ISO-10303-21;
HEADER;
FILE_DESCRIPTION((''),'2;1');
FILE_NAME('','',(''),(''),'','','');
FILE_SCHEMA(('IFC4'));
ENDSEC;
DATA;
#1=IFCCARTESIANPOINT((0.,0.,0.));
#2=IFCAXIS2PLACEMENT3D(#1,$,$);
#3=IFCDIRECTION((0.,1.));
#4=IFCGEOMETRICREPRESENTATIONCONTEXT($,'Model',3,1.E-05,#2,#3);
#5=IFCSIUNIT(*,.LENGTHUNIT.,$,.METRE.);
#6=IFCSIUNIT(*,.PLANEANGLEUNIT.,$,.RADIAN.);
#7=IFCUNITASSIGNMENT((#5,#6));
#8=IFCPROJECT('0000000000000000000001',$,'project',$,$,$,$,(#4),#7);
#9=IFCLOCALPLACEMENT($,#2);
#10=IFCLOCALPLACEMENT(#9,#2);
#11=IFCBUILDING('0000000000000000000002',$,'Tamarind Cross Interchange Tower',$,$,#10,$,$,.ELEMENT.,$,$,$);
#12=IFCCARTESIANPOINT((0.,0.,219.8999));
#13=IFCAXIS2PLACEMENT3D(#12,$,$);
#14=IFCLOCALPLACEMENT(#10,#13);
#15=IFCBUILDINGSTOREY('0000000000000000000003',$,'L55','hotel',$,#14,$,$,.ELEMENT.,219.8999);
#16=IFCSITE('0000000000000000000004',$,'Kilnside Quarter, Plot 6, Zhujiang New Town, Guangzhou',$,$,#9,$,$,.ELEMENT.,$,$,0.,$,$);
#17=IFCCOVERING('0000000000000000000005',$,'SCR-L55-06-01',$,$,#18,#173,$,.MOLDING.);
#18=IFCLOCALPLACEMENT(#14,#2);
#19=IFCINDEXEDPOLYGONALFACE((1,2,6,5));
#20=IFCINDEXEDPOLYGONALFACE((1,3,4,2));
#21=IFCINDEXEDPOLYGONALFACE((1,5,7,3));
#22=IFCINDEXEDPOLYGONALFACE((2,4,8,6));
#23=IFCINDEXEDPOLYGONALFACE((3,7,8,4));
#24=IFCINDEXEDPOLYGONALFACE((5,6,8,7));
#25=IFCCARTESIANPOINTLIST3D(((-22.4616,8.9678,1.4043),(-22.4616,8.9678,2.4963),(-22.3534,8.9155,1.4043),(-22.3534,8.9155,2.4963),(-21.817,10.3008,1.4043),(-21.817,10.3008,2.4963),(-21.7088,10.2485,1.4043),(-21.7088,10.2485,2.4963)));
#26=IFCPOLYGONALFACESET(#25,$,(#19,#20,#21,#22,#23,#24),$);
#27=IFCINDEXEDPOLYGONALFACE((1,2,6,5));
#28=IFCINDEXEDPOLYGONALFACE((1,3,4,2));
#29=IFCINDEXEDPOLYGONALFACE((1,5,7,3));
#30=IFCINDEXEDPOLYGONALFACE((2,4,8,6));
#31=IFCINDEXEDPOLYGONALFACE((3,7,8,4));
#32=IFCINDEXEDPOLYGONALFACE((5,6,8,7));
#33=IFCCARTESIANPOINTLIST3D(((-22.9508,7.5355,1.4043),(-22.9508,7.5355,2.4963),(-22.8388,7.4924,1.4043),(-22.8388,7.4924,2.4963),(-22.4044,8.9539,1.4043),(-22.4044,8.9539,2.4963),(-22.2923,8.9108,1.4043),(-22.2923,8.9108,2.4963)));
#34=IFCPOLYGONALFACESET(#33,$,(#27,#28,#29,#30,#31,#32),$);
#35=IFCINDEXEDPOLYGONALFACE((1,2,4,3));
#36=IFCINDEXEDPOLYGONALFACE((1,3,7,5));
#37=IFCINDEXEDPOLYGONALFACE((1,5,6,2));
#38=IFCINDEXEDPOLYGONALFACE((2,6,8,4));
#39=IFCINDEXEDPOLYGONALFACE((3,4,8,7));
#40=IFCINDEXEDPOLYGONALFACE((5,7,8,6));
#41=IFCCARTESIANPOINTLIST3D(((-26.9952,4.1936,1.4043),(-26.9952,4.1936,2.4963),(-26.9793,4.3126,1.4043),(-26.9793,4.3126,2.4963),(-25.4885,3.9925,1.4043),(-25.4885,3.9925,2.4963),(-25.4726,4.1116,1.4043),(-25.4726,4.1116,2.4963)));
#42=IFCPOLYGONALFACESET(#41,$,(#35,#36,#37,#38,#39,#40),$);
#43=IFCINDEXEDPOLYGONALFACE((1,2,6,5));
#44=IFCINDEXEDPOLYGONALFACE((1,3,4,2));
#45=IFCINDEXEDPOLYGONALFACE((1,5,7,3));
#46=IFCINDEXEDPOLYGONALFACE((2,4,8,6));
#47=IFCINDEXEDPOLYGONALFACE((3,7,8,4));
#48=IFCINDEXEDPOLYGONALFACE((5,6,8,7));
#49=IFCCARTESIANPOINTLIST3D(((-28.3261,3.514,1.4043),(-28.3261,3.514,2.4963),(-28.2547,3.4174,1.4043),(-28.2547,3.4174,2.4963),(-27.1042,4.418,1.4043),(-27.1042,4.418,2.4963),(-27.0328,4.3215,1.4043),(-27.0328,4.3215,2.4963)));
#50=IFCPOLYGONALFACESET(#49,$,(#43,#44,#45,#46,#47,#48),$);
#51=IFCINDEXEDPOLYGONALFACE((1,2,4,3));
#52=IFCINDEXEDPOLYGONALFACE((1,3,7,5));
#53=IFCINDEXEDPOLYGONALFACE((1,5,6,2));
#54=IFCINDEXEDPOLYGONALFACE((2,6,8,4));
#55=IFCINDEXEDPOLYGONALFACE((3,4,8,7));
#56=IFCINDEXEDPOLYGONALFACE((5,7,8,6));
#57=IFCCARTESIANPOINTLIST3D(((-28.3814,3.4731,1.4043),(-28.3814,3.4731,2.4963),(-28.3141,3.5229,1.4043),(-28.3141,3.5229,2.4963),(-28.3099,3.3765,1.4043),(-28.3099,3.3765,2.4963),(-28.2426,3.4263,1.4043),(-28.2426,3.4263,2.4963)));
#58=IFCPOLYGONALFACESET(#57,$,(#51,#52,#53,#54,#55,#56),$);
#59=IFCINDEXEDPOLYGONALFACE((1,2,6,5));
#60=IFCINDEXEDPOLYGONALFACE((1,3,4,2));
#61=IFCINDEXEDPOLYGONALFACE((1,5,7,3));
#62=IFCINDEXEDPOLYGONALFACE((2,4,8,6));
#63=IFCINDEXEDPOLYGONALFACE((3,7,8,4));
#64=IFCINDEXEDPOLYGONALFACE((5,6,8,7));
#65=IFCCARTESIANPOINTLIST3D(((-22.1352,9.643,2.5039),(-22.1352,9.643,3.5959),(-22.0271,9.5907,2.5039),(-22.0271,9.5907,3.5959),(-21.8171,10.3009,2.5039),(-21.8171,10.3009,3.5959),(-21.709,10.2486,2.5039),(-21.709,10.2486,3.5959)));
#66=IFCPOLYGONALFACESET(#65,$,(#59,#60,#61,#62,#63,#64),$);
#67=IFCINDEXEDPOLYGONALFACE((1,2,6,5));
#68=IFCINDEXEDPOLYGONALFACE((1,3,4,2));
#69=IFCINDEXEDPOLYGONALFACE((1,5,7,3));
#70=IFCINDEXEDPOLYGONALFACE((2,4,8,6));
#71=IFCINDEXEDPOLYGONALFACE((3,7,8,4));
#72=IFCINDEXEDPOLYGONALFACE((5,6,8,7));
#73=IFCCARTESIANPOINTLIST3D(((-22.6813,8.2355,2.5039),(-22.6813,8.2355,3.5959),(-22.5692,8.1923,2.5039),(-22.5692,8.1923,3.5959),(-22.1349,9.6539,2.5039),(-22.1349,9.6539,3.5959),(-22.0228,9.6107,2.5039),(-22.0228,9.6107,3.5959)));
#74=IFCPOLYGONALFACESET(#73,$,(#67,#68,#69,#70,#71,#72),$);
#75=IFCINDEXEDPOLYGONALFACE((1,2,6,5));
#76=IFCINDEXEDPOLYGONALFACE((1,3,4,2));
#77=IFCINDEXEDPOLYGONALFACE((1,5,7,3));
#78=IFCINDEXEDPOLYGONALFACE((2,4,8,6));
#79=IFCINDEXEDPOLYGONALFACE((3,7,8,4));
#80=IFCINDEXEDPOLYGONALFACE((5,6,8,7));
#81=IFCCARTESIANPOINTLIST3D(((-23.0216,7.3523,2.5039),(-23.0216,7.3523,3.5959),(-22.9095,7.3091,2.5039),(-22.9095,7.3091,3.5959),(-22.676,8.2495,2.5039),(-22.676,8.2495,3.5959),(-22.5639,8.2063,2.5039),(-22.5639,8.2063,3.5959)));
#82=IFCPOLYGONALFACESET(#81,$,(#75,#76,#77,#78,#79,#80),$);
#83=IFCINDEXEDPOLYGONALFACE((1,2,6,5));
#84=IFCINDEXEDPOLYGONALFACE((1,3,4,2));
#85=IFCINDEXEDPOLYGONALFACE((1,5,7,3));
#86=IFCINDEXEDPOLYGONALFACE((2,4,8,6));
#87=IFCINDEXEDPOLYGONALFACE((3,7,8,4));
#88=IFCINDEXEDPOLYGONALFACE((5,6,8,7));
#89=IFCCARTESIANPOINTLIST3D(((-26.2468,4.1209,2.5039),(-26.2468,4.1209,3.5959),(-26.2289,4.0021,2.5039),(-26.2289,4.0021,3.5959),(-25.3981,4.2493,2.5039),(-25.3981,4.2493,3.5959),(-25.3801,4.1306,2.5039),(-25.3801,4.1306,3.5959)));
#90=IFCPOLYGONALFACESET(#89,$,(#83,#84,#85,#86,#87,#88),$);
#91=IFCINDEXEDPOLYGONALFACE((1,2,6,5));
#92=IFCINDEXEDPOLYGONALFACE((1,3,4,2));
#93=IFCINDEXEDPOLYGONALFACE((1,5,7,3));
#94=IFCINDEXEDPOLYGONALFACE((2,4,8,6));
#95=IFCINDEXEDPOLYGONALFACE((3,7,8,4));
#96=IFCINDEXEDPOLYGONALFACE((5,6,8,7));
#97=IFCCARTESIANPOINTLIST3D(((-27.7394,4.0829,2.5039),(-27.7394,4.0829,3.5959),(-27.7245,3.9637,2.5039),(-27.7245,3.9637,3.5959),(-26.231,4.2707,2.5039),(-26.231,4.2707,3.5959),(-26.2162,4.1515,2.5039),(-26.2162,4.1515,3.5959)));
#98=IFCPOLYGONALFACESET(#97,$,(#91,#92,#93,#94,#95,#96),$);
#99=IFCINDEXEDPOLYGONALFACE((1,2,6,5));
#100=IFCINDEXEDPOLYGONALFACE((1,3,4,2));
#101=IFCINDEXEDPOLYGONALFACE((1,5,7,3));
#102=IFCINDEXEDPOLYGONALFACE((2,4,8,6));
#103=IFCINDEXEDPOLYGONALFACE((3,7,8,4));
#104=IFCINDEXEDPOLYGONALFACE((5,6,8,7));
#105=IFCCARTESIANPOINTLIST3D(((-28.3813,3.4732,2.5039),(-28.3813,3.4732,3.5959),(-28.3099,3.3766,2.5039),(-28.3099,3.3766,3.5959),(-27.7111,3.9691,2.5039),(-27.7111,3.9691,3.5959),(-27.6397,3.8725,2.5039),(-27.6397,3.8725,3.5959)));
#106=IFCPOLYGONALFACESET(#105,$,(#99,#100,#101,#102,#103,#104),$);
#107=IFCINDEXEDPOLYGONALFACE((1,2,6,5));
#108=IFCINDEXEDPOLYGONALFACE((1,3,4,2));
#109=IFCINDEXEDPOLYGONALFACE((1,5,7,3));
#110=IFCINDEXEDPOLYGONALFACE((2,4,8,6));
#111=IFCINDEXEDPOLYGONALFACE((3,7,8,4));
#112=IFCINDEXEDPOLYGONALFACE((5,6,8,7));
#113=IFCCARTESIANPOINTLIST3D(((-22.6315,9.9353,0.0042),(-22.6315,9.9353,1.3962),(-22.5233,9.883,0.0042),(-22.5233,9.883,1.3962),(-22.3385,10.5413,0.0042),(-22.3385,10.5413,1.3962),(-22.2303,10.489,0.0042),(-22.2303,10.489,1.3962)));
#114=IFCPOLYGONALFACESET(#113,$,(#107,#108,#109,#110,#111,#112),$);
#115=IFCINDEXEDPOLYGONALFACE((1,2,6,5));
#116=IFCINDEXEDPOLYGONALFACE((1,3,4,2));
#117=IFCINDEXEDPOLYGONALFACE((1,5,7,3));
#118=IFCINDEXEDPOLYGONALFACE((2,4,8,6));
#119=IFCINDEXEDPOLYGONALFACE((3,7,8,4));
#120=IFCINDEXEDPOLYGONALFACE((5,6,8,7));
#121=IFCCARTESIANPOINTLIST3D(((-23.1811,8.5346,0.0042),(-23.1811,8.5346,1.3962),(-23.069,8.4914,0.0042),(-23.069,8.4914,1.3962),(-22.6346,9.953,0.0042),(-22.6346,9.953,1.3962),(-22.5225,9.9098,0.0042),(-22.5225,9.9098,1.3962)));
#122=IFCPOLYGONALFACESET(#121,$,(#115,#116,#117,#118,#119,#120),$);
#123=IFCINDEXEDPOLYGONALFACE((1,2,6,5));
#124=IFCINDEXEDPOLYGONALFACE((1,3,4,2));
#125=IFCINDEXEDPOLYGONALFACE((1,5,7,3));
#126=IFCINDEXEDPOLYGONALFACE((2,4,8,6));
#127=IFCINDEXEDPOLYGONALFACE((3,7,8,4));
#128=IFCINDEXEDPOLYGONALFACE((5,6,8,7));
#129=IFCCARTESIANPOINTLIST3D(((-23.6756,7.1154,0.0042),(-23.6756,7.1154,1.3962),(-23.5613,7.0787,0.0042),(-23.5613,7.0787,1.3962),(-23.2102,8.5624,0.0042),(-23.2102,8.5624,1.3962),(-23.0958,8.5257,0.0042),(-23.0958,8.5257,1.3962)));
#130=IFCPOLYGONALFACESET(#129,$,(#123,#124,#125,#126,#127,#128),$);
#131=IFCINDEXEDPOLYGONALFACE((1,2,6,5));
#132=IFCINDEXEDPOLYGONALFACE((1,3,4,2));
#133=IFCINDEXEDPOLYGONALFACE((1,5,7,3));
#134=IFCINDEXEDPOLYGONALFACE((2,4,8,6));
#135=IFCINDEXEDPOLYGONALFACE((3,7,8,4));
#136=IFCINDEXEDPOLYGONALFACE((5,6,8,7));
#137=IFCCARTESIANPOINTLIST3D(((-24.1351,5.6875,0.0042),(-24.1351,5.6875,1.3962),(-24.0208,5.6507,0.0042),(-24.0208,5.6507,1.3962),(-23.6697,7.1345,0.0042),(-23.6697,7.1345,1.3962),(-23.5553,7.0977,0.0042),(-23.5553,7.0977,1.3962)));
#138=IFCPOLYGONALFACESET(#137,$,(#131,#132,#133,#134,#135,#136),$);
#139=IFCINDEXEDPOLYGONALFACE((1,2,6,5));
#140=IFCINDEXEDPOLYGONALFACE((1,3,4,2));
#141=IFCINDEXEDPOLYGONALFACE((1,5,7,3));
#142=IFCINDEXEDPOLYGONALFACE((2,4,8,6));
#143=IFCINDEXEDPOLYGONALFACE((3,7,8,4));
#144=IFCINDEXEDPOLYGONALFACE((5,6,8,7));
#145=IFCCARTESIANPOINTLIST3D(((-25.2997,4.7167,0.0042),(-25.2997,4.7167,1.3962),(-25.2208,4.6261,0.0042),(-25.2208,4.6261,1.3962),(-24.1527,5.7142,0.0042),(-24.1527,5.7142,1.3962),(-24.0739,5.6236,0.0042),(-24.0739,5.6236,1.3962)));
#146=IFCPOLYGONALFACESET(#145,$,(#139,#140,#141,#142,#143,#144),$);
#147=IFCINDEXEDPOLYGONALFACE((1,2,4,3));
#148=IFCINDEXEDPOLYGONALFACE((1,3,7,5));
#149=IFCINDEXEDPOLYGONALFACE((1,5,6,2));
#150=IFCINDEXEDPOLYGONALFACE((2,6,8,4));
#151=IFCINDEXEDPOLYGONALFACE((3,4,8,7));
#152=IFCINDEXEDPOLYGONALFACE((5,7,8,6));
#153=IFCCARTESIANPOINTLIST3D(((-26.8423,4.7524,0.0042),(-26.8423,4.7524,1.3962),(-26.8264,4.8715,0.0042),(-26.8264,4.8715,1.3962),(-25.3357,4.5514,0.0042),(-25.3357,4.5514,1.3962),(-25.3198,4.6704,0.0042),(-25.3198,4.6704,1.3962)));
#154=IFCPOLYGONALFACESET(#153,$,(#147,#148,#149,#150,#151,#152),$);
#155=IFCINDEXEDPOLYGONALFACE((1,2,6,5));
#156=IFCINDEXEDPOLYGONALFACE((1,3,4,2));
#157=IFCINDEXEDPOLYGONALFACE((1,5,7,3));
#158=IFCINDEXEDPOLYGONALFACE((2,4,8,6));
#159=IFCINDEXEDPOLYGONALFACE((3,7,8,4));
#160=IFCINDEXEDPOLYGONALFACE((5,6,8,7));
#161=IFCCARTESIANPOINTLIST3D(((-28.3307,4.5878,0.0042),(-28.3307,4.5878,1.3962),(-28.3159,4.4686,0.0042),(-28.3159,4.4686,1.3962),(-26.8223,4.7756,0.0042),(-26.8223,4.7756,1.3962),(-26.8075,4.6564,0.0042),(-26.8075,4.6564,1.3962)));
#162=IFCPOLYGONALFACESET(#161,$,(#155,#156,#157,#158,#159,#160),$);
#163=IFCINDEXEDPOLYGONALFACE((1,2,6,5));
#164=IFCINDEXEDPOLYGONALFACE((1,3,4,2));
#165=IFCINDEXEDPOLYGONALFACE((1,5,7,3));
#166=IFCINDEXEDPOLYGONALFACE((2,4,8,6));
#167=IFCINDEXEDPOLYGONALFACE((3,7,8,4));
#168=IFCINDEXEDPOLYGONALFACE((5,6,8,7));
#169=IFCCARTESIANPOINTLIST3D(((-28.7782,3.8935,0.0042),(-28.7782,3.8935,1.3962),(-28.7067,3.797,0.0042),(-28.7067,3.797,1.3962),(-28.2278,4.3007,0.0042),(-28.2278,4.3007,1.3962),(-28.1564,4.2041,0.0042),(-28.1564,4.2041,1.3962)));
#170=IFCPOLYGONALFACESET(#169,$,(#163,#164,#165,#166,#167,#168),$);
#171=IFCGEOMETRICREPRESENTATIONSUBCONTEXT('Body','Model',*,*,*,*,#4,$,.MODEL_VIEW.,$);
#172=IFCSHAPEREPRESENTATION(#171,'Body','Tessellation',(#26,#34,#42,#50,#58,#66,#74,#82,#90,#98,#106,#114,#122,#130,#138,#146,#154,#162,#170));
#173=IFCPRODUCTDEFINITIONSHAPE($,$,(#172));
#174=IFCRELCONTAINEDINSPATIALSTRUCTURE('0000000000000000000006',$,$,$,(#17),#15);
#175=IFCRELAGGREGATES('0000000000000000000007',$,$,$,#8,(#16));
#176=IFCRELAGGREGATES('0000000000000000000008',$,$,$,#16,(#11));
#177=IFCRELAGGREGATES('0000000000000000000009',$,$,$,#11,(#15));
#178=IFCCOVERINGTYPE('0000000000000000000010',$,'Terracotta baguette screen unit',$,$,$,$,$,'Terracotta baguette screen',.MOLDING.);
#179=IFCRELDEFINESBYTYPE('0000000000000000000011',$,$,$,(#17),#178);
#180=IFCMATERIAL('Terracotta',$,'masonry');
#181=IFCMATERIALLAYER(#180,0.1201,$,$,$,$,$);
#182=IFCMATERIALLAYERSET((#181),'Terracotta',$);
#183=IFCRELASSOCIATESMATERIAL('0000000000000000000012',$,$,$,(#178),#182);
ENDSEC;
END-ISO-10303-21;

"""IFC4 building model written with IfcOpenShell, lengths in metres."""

from ifc_helpers import new_model, si_unit, direction, frame, origin, origin_2d, place, context, subcontext, project, spatial, rectangle, extrude, material, layer, layer_set, type_object, element, save


model = new_model("IFC4")

# Units and contexts
model_context = context("Model", 3, precision=1e-05, world=origin(), true_north=direction((0.0, 1.0)))
body_context = subcontext(model_context, "Body", "Model", "MODEL_VIEW")
ifc_project = project(units=[si_unit("LENGTHUNIT", "METRE"), si_unit("PLANEANGLEUNIT", "RADIAN")], contexts=[model_context])

# Site, building, storey
site_placement = place(None, origin())
site = spatial("IfcSite", under=ifc_project, at=site_placement, Name="Kilnside Quarter, Plot 6, Zhujiang New Town, Guangzhou", CompositionType="ELEMENT", RefElevation=0.0)
building_placement = place(site_placement, origin())
building = spatial("IfcBuilding", under=site, at=building_placement, Name="Tamarind Cross Interchange Tower", CompositionType="ELEMENT")
storey_placement = place(building_placement, frame((0.0, 0.0, 219.8999)))
storey = spatial("IfcBuildingStorey", under=building, at=storey_placement, Name="L55", Description="hotel", CompositionType="ELEMENT", Elevation=219.8999)

# Covering
ifc_material_1 = material(Name="Terracotta", Category="masonry")
ifc_layer_1 = layer(ifc_material_1, 0.1201)
ifc_layer_set_1 = layer_set([ifc_layer_1], Name="Terracotta")
covering_type = type_object("IfcCoveringType", Name="Terracotta baguette screen unit", ElementType="Terracotta baguette screen", PredefinedType="MOLDING", material=ifc_layer_set_1)
covering_1_placement = place(storey_placement, origin())
element("IfcCovering", 1, at=covering_1_placement, inside=storey, type_object=covering_type, Name="SCR-L55-06-01", PredefinedType="MOLDING", context=body_context, shape_type="SweptSolid", body=[
    extrude(rectangle(XDim=1.4807, YDim=0.1201, at=origin_2d()), frame((-22.0852, 9.6082, 1.4043), z_axis=(0.0, 0.0, 1.0), x_axis=(-0.435326, -0.900273, 0.0)), (0.0, 0.0, 1.0), 1.092),
    extrude(rectangle(XDim=1.52, YDim=0.1201, at=origin_2d()), frame((-22.6216, 8.2231, 1.4043), z_axis=(0.0, 0.0, 1.0), x_axis=(-0.359495, -0.933147, 0.0)), (0.0, 0.0, 1.0), 1.092),
    extrude(rectangle(XDim=1.52, YDim=0.1201, at=origin_2d()), frame((-26.2339, 4.1526, 1.4043), z_axis=(0.0, 0.0, 1.0), x_axis=(-0.991214, 0.132265, 0.0)), (0.0, 0.0, 1.0), 1.092),
    extrude(rectangle(XDim=1.52, YDim=0.1201, at=origin_2d()), frame((-27.6794, 3.9177, 1.4043), z_axis=(0.0, 0.0, 1.0), x_axis=(-0.803896, -0.594771, 0.0)), (0.0, 0.0, 1.0), 1.092),
    extrude(rectangle(XDim=0.0837, YDim=0.1201, at=origin_2d()), frame((-28.312, 3.4497, 1.4043), z_axis=(0.0, 0.0, 1.0), x_axis=(-0.803896, -0.594771, 0.0)), (0.0, 0.0, 1.0), 1.092),
    extrude(rectangle(XDim=0.7307, YDim=0.1201, at=origin_2d()), frame((-21.9221, 9.9458, 2.5039), z_axis=(0.0, 0.0, 1.0), x_axis=(-0.435326, -0.900273, 0.0)), (0.0, 0.0, 1.0), 1.092),
    extrude(rectangle(XDim=1.52, YDim=0.1201, at=origin_2d()), frame((-22.3521, 8.9231, 2.5039), z_axis=(0.0, 0.0, 1.0), x_axis=(-0.359495, -0.933147, 0.0)), (0.0, 0.0, 1.0), 1.092),
    extrude(rectangle(XDim=0.9614, YDim=0.1201, at=origin_2d()), frame((-22.7927, 7.7793, 2.5039), z_axis=(0.0, 0.0, 1.0), x_axis=(-0.359495, -0.933147, 0.0)), (0.0, 0.0, 1.0), 1.092),
    extrude(rectangle(XDim=0.8584, YDim=0.1201, at=origin_2d()), frame((-25.8135, 4.1257, 2.5039), z_axis=(0.0, 0.0, 1.0), x_axis=(-0.988746, -0.149601, 0.0)), (0.0, 0.0, 1.0), 1.092),
    extrude(rectangle(XDim=1.52, YDim=0.1201, at=origin_2d()), frame((-26.9778, 4.1172, 2.5039), z_axis=(0.0, 0.0, 1.0), x_axis=(-0.992335, -0.123574, 0.0)), (0.0, 0.0, 1.0), 1.092),
    extrude(rectangle(XDim=0.8337, YDim=0.1201, at=origin_2d()), frame((-28.0105, 3.6729, 2.5039), z_axis=(0.0, 0.0, 1.0), x_axis=(-0.803896, -0.594771, 0.0)), (0.0, 0.0, 1.0), 1.092),
    extrude(rectangle(XDim=0.6731, YDim=0.1201, at=origin_2d()), frame((-22.4309, 10.2122, 0.0042), z_axis=(0.0, 0.0, 1.0), x_axis=(-0.435326, -0.900273, 0.0)), (0.0, 0.0, 1.0), 1.3921),
    extrude(rectangle(XDim=1.52, YDim=0.1201, at=origin_2d()), frame((-22.8518, 9.2222, 0.0042), z_axis=(0.0, 0.0, 1.0), x_axis=(-0.359495, -0.933147, 0.0)), (0.0, 0.0, 1.0), 1.3921),
    extrude(rectangle(XDim=1.52, YDim=0.1201, at=origin_2d()), frame((-23.3857, 7.8206, 0.0042), z_axis=(0.0, 0.0, 1.0), x_axis=(-0.306225, -0.951959, 0.0)), (0.0, 0.0, 1.0), 1.3921),
    extrude(rectangle(XDim=1.52, YDim=0.1201, at=origin_2d()), frame((-23.8452, 6.3926, 0.0042), z_axis=(0.0, 0.0, 1.0), x_axis=(-0.306225, -0.951959, 0.0)), (0.0, 0.0, 1.0), 1.3921),
    extrude(rectangle(XDim=1.52, YDim=0.1201, at=origin_2d()), frame((-24.6868, 5.1702, 0.0042), z_axis=(0.0, 0.0, 1.0), x_axis=(-0.754567, -0.656223, 0.0)), (0.0, 0.0, 1.0), 1.3921),
    extrude(rectangle(XDim=1.52, YDim=0.1201, at=origin_2d()), frame((-26.0811, 4.7114, 0.0042), z_axis=(0.0, 0.0, 1.0), x_axis=(-0.991214, 0.132265, 0.0)), (0.0, 0.0, 1.0), 1.3921),
    extrude(rectangle(XDim=1.52, YDim=0.1201, at=origin_2d()), frame((-27.5691, 4.6221, 0.0042), z_axis=(0.0, 0.0, 1.0), x_axis=(-0.992335, -0.123574, 0.0)), (0.0, 0.0, 1.0), 1.3921),
    extrude(rectangle(XDim=0.6846, YDim=0.1201, at=origin_2d()), frame((-28.4673, 4.0488, 0.0042), z_axis=(0.0, 0.0, 1.0), x_axis=(-0.803896, -0.594771, 0.0)), (0.0, 0.0, 1.0), 1.3921),
])

save(model, "model.ifc")
